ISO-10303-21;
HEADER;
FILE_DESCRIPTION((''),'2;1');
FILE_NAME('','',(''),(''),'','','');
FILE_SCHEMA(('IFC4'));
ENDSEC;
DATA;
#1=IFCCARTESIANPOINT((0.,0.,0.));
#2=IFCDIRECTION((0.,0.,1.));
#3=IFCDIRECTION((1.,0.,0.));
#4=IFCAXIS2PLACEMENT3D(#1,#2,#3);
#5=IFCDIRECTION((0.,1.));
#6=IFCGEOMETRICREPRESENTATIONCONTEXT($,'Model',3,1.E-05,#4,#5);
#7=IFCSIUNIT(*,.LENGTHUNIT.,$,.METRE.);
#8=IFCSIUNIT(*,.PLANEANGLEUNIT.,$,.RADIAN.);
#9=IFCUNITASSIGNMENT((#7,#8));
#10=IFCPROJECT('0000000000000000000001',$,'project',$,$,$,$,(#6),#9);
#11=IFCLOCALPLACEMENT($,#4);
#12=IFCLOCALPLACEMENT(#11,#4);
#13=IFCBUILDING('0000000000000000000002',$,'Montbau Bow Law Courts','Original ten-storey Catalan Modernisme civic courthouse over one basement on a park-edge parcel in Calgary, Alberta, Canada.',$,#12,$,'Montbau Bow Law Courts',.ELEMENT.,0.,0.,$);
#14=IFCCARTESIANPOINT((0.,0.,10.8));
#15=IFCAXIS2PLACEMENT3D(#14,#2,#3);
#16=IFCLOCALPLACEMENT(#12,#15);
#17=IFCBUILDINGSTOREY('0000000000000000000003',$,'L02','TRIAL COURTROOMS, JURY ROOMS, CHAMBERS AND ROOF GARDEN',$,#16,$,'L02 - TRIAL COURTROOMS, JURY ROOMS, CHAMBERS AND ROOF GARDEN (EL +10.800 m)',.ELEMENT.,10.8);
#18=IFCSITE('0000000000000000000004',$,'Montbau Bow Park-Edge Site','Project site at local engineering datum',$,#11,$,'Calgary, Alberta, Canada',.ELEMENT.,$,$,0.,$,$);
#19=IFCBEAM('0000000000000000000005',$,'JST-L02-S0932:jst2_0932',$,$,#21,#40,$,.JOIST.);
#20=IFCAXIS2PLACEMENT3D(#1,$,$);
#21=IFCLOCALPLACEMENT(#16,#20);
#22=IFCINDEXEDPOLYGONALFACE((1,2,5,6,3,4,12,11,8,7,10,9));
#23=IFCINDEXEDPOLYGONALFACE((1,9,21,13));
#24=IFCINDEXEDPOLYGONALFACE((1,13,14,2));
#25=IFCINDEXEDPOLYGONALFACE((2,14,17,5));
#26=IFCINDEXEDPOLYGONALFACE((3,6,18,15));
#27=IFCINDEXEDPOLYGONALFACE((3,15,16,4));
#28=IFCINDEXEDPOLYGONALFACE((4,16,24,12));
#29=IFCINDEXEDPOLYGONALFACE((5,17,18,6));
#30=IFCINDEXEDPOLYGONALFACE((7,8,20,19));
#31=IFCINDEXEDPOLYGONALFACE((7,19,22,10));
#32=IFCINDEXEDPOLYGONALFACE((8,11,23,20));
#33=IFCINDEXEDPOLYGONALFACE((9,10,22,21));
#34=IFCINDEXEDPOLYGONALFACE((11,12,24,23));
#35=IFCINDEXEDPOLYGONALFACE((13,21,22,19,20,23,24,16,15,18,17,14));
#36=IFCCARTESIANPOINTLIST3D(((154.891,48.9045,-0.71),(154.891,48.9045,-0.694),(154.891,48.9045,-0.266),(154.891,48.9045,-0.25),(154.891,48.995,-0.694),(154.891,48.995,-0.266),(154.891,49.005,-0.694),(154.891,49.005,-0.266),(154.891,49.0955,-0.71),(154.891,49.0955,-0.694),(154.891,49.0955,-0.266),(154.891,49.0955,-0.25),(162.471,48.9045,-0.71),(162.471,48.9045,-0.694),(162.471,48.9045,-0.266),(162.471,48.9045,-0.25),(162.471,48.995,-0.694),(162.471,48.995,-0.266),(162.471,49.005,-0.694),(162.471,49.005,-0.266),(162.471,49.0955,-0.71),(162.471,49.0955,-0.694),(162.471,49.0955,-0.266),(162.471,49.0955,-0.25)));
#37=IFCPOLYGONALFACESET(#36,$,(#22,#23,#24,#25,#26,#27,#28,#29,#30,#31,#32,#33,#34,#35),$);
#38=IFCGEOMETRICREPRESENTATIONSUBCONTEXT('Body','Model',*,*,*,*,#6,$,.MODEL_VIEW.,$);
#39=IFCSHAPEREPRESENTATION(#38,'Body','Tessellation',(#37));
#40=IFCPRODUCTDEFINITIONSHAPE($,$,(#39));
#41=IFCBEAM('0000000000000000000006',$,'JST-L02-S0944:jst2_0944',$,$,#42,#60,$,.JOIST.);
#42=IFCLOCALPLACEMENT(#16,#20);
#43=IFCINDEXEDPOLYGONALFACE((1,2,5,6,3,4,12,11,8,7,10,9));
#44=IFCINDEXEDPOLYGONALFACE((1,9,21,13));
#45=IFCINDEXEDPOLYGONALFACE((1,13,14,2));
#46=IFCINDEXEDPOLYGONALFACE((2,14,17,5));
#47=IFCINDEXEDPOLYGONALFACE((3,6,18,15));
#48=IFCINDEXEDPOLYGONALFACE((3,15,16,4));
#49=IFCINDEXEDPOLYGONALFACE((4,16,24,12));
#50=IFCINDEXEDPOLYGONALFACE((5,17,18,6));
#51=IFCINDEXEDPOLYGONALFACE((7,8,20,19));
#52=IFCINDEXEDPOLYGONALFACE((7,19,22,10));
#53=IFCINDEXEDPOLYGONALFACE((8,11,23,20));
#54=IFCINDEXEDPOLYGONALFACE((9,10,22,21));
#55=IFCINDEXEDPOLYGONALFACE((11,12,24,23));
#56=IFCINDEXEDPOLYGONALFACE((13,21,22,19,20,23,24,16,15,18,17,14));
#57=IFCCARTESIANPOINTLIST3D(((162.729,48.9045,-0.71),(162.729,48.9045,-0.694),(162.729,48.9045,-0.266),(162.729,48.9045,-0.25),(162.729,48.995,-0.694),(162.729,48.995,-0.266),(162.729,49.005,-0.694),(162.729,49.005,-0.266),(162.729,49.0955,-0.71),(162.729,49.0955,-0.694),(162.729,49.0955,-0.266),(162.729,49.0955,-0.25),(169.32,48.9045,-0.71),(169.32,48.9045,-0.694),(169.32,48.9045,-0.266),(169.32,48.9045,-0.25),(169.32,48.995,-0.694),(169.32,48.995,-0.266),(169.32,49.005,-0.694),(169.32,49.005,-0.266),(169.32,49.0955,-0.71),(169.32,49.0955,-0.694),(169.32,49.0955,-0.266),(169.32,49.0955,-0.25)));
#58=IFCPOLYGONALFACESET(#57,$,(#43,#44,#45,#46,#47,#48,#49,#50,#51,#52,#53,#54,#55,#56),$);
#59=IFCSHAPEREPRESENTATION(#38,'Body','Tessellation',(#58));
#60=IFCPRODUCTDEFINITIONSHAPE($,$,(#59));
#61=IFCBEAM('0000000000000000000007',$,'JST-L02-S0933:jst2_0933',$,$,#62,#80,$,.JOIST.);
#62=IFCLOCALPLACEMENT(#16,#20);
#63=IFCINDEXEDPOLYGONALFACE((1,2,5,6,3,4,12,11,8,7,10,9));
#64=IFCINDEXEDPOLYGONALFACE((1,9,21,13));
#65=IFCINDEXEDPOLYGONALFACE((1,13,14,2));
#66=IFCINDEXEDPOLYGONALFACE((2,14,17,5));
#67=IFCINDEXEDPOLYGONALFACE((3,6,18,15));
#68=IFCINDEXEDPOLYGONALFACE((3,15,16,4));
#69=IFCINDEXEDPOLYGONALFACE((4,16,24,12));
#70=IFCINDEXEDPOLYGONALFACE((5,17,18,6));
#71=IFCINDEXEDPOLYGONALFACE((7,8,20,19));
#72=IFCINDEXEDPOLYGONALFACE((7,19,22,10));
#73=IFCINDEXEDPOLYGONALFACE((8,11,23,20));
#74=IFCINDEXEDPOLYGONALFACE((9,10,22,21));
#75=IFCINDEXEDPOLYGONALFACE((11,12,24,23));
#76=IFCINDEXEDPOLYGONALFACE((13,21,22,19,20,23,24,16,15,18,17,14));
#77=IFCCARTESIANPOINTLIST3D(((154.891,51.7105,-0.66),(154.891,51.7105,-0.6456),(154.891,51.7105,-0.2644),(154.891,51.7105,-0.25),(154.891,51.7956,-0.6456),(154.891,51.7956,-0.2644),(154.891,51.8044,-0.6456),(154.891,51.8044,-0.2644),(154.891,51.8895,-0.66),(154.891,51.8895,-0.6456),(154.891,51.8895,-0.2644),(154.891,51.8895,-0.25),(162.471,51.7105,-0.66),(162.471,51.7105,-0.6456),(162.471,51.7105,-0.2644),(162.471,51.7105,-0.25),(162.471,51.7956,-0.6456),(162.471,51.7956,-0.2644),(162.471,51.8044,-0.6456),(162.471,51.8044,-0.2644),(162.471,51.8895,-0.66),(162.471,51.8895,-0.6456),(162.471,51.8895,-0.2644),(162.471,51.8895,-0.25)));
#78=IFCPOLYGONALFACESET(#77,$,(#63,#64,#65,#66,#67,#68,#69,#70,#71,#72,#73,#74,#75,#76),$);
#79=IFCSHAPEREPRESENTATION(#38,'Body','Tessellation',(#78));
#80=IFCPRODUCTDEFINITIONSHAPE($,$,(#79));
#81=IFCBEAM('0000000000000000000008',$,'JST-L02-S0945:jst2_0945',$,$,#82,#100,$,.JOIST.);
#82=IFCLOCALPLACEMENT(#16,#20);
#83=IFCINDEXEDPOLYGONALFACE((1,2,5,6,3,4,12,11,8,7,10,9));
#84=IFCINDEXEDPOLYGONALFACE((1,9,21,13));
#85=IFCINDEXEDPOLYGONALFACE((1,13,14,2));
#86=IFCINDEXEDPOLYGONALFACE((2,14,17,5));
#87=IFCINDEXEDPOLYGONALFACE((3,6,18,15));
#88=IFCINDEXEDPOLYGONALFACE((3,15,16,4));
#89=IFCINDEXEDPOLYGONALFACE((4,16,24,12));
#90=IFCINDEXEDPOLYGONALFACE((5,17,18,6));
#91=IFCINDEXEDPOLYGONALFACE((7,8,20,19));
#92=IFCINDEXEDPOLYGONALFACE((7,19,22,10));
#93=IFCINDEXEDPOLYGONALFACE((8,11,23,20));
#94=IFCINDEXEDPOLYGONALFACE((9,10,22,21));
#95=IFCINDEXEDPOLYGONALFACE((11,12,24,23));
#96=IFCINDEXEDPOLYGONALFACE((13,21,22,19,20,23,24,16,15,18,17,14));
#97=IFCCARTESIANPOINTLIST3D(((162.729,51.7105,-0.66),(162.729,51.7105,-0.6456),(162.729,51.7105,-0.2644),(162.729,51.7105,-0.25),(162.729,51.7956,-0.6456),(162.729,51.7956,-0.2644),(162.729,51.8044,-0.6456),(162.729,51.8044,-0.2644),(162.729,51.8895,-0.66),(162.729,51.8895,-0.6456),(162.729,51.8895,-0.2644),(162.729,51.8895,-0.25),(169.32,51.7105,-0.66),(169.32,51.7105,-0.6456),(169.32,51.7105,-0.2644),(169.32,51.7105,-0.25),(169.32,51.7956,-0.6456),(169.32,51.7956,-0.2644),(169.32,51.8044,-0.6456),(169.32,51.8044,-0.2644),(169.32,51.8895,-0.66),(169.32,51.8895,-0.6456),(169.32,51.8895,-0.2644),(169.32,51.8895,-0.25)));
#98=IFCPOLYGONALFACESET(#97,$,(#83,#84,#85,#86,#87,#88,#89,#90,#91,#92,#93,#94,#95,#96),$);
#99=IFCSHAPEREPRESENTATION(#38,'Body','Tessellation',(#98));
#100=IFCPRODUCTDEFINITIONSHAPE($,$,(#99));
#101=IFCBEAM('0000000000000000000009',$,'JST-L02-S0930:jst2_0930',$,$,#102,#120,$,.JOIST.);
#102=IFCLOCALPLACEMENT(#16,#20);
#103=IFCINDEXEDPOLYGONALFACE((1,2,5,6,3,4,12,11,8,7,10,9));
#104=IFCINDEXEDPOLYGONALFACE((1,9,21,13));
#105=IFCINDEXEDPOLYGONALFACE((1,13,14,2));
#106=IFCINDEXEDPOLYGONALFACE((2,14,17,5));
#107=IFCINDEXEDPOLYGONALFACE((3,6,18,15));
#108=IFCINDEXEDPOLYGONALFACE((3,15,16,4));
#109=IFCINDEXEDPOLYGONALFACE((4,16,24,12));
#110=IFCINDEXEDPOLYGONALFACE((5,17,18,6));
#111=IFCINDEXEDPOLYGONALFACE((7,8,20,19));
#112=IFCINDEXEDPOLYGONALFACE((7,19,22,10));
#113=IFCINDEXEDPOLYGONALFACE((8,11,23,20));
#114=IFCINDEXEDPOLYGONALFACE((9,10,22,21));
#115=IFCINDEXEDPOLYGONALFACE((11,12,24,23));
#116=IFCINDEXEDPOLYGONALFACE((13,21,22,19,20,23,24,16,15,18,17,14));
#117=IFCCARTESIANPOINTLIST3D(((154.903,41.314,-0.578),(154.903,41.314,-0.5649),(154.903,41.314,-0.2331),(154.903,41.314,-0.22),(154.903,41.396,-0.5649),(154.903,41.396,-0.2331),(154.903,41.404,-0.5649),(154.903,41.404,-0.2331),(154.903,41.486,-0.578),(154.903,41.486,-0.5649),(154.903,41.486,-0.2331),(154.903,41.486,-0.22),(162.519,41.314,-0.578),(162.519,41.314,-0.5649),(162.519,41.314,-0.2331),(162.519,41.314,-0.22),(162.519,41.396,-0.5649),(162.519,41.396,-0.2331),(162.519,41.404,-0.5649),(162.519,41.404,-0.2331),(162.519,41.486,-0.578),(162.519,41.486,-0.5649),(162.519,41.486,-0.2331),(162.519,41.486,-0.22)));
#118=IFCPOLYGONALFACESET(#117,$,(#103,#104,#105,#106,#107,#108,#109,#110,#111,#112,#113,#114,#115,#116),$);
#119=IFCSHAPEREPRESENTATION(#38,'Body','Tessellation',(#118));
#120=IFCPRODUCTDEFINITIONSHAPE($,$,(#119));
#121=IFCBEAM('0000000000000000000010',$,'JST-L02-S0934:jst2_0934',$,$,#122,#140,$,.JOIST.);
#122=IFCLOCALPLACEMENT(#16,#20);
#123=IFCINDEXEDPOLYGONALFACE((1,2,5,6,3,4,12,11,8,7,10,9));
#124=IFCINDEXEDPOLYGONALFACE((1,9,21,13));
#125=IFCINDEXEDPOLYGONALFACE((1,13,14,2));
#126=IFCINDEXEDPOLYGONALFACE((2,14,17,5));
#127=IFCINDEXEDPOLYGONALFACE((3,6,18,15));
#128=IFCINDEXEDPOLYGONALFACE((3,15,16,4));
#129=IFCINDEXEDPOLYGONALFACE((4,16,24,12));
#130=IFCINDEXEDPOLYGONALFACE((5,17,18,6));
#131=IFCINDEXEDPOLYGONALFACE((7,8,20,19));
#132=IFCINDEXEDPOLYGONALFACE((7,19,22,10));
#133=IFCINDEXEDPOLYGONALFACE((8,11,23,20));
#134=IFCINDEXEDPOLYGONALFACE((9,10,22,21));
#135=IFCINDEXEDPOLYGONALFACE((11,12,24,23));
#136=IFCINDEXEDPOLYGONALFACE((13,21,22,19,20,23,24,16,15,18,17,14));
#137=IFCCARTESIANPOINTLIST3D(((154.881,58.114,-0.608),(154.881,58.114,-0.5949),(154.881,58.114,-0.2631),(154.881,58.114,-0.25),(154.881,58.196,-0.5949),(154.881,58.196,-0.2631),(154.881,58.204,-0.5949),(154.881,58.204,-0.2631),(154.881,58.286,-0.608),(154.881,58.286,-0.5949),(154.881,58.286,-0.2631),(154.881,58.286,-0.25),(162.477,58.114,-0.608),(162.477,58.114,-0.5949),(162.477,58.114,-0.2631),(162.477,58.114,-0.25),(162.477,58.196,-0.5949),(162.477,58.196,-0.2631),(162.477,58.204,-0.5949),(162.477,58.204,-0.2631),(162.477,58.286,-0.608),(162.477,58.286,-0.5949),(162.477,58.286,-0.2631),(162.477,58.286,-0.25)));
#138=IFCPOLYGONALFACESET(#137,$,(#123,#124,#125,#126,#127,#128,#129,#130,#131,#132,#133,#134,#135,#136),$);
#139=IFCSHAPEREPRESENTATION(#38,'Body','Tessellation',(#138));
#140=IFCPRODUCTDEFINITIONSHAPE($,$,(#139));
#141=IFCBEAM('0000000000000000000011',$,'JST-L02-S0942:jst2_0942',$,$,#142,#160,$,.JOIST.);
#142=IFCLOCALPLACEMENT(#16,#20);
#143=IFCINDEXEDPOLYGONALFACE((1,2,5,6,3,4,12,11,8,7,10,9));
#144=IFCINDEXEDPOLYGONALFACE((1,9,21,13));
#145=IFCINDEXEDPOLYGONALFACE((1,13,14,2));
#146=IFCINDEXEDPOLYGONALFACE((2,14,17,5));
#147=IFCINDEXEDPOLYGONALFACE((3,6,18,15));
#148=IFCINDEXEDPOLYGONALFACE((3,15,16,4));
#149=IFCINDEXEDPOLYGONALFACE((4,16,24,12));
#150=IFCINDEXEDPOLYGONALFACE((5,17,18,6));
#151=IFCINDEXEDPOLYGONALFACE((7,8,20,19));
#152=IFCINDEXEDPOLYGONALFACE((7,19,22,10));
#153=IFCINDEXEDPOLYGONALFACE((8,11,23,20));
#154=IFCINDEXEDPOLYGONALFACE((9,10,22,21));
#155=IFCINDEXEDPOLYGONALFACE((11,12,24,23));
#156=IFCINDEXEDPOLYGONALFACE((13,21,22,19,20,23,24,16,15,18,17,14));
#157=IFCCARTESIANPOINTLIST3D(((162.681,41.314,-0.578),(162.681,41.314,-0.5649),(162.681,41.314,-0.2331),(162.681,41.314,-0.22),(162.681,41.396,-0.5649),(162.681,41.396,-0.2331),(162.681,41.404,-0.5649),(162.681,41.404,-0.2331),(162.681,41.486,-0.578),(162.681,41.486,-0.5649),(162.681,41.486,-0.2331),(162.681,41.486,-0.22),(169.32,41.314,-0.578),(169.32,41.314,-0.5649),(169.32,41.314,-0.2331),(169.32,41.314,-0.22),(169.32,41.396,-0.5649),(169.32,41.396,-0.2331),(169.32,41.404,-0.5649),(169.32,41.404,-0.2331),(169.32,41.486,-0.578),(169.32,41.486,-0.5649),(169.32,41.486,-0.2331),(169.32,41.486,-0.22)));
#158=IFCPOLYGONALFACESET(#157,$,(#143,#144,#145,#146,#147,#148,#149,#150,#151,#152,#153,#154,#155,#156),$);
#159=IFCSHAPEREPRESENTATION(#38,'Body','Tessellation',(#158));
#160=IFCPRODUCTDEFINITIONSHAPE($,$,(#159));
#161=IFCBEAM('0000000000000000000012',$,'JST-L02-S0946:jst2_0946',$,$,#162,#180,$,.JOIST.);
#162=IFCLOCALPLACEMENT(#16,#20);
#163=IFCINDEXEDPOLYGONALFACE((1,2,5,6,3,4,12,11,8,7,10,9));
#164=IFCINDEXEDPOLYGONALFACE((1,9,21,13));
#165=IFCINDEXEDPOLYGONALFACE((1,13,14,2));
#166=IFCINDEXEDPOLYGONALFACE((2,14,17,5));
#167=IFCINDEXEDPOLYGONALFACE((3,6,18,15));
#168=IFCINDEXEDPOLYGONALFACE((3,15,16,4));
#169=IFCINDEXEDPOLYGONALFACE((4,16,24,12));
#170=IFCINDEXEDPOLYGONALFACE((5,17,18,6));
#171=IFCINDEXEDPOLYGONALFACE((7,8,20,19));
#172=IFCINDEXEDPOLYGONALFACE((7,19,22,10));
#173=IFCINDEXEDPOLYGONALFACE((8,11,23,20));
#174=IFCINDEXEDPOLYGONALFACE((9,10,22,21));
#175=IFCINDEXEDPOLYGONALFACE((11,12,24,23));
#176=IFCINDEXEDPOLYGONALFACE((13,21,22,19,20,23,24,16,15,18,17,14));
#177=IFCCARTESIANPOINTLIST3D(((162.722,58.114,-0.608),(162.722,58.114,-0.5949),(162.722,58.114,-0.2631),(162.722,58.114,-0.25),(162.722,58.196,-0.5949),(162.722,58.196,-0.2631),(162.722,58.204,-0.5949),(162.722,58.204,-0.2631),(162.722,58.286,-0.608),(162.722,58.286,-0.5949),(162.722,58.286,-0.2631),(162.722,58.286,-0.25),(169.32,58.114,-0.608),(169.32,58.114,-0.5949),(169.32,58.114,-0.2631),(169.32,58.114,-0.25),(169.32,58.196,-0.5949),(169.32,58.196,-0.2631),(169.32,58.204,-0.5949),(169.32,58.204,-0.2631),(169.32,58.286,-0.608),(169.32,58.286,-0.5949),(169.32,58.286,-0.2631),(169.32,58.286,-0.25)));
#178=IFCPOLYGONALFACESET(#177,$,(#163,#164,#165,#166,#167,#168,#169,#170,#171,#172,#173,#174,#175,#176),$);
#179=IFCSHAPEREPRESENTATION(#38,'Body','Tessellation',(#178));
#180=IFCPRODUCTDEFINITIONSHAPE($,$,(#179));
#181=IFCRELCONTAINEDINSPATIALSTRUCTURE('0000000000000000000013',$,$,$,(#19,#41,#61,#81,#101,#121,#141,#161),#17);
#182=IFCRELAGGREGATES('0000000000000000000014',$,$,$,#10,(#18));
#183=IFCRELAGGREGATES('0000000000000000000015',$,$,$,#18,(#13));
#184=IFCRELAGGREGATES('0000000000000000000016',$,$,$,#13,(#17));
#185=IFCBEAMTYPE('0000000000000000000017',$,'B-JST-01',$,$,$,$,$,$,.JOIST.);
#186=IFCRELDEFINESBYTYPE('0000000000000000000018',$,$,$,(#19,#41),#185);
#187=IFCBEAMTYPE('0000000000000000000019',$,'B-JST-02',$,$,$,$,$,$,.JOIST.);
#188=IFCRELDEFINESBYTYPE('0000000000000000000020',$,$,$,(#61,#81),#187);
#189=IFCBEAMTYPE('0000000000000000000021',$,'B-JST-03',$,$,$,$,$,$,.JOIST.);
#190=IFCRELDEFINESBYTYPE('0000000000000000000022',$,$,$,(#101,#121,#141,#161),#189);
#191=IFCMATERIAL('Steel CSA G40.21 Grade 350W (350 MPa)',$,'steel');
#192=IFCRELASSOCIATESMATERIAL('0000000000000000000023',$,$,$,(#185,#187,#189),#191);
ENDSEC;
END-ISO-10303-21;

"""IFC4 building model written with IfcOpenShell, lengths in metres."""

from ifc_helpers import new_model, si_unit, direction, frame, origin_with_axes, origin_2d_with_axis, place, context, subcontext, project, spatial, i_section, extrude, material, material_profile, profile_set, type_object, element, save


model = new_model("IFC4")

# Units and contexts
model_context = context("Model", 3, precision=1e-05, world=origin_with_axes(), true_north=direction((0.0, 1.0)))
body_context = subcontext(model_context, "Body", "Model", "MODEL_VIEW")
ifc_project = project(units=[si_unit("LENGTHUNIT", "METRE"), si_unit("PLANEANGLEUNIT", "RADIAN")], contexts=[model_context])

# Site, building, storey
site_placement = place(None, origin_with_axes())
site = spatial("IfcSite", under=ifc_project, at=site_placement, Name="Montbau Bow Park-Edge Site", Description="Project site at local engineering datum", LongName="Calgary, Alberta, Canada", CompositionType="ELEMENT", RefElevation=0.0)
building_placement = place(site_placement, origin_with_axes())
building = spatial("IfcBuilding", under=site, at=building_placement, Name="Montbau Bow Law Courts", Description="Original ten-storey Catalan Modernisme civic courthouse over one basement on a park-edge parcel in Calgary, Alberta, Canada.", LongName="Montbau Bow Law Courts", CompositionType="ELEMENT", ElevationOfRefHeight=0.0, ElevationOfTerrain=0.0)
storey_placement = place(building_placement, frame((0.0, 0.0, 10.8), z_axis=(0.0, 0.0, 1.0), x_axis=(1.0, 0.0, 0.0)))
storey = spatial("IfcBuildingStorey", under=building, at=storey_placement, Name="L02", Description="TRIAL COURTROOMS, JURY ROOMS, CHAMBERS AND ROOF GARDEN", LongName="L02 - TRIAL COURTROOMS, JURY ROOMS, CHAMBERS AND ROOF GARDEN (EL +10.800 m)", CompositionType="ELEMENT", Elevation=10.8)

# Shared definitions
ifc_material_1 = material(Name="Steel CSA G40.21 Grade 350W (350 MPa)", Category="steel")

# Beams
ifc_material_profile_1 = material_profile(ifc_material_1, i_section(OverallWidth=0.191, OverallDepth=0.46, WebThickness=0.0099, FlangeThickness=0.016, at=origin_2d_with_axis()), Name="W460X82", Category="Main", Priority=0)
ifc_profile_set_1 = profile_set([ifc_material_profile_1], Name="Steel CSA G40.21 Grade 350W (350 MPa)")
beam_type_1 = type_object("IfcBeamType", Name="B-JST-01", PredefinedType="JOIST", material=ifc_profile_set_1)
beam_1_placement = place(None, frame((154.891, 49.0, 10.32), z_axis=(1.0, 0.0, 0.0), x_axis=(0.0, 1.0, 0.0)))
element("IfcBeam", 1, at=beam_1_placement, inside=storey, type_object=beam_type_1, Name="JST-L02-S0932:jst2_0932", PredefinedType="JOIST", context=body_context, shape_type="SweptSolid", body=[
    extrude(i_section(OverallWidth=0.191, OverallDepth=0.46, WebThickness=0.0099, FlangeThickness=0.016, at=origin_2d_with_axis()), origin_with_axes(), (0.0, 0.0, 1.0), 7.58),
])
beam_2_placement = place(None, frame((162.729, 49.0, 10.32), z_axis=(1.0, 0.0, 0.0), x_axis=(0.0, 1.0, 0.0)))
element("IfcBeam", 2, at=beam_2_placement, inside=storey, type_object=beam_type_1, Name="JST-L02-S0944:jst2_0944", PredefinedType="JOIST", context=body_context, shape_type="SweptSolid", body=[
    extrude(i_section(OverallWidth=0.191, OverallDepth=0.46, WebThickness=0.0099, FlangeThickness=0.016, at=origin_2d_with_axis()), origin_with_axes(), (0.0, 0.0, 1.0), 6.591),
])
ifc_material_profile_2 = material_profile(ifc_material_1, i_section(OverallWidth=0.179, OverallDepth=0.41, WebThickness=0.0088, FlangeThickness=0.0144, at=origin_2d_with_axis()), Name="W410X67", Category="Main", Priority=0)
ifc_profile_set_2 = profile_set([ifc_material_profile_2], Name="Steel CSA G40.21 Grade 350W (350 MPa)")
beam_type_2 = type_object("IfcBeamType", Name="B-JST-02", PredefinedType="JOIST", material=ifc_profile_set_2)
beam_3_placement = place(None, frame((154.891, 51.8, 10.345), z_axis=(1.0, 0.0, 0.0), x_axis=(0.0, 1.0, 0.0)))
element("IfcBeam", 3, at=beam_3_placement, inside=storey, type_object=beam_type_2, Name="JST-L02-S0933:jst2_0933", PredefinedType="JOIST", context=body_context, shape_type="SweptSolid", body=[
    extrude(i_section(OverallWidth=0.179, OverallDepth=0.41, WebThickness=0.0088, FlangeThickness=0.0144, at=origin_2d_with_axis()), origin_with_axes(), (0.0, 0.0, 1.0), 7.58),
])
beam_4_placement = place(None, frame((162.729, 51.8, 10.345), z_axis=(1.0, 0.0, 0.0), x_axis=(0.0, 1.0, 0.0)))
element("IfcBeam", 4, at=beam_4_placement, inside=storey, type_object=beam_type_2, Name="JST-L02-S0945:jst2_0945", PredefinedType="JOIST", context=body_context, shape_type="SweptSolid", body=[
    extrude(i_section(OverallWidth=0.179, OverallDepth=0.41, WebThickness=0.0088, FlangeThickness=0.0144, at=origin_2d_with_axis()), origin_with_axes(), (0.0, 0.0, 1.0), 6.591),
])
ifc_material_profile_3 = material_profile(ifc_material_1, i_section(OverallWidth=0.172, OverallDepth=0.358, WebThickness=0.0079, FlangeThickness=0.0131, at=origin_2d_with_axis()), Name="W360X57", Category="Main", Priority=0)
ifc_profile_set_3 = profile_set([ifc_material_profile_3], Name="Steel CSA G40.21 Grade 350W (350 MPa)")
beam_type_3 = type_object("IfcBeamType", Name="B-JST-03", PredefinedType="JOIST", material=ifc_profile_set_3)
beam_5_placement = place(None, frame((154.903, 41.4, 10.401), z_axis=(1.0, 0.0, 0.0), x_axis=(0.0, 1.0, 0.0)))
element("IfcBeam", 5, at=beam_5_placement, inside=storey, type_object=beam_type_3, Name="JST-L02-S0930:jst2_0930", PredefinedType="JOIST", context=body_context, shape_type="SweptSolid", body=[
    extrude(i_section(OverallWidth=0.172, OverallDepth=0.358, WebThickness=0.0079, FlangeThickness=0.0131, at=origin_2d_with_axis()), origin_with_axes(), (0.0, 0.0, 1.0), 7.616),
])
beam_6_placement = place(None, frame((154.881, 58.2, 10.371), z_axis=(1.0, 0.0, 0.0), x_axis=(0.0, 1.0, 0.0)))
element("IfcBeam", 6, at=beam_6_placement, inside=storey, type_object=beam_type_3, Name="JST-L02-S0934:jst2_0934", PredefinedType="JOIST", context=body_context, shape_type="SweptSolid", body=[
    extrude(i_section(OverallWidth=0.172, OverallDepth=0.358, WebThickness=0.0079, FlangeThickness=0.0131, at=origin_2d_with_axis()), origin_with_axes(), (0.0, 0.0, 1.0), 7.596),
])
beam_7_placement = place(None, frame((162.681, 41.4, 10.401), z_axis=(1.0, 0.0, 0.0), x_axis=(0.0, 1.0, 0.0)))
element("IfcBeam", 7, at=beam_7_placement, inside=storey, type_object=beam_type_3, Name="JST-L02-S0942:jst2_0942", PredefinedType="JOIST", context=body_context, shape_type="SweptSolid", body=[
    extrude(i_section(OverallWidth=0.172, OverallDepth=0.358, WebThickness=0.0079, FlangeThickness=0.0131, at=origin_2d_with_axis()), origin_with_axes(), (0.0, 0.0, 1.0), 6.639),
])
beam_8_placement = place(None, frame((162.722, 58.2, 10.371), z_axis=(1.0, 0.0, 0.0), x_axis=(0.0, 1.0, 0.0)))
element("IfcBeam", 8, at=beam_8_placement, inside=storey, type_object=beam_type_3, Name="JST-L02-S0946:jst2_0946", PredefinedType="JOIST", context=body_context, shape_type="SweptSolid", body=[
    extrude(i_section(OverallWidth=0.172, OverallDepth=0.358, WebThickness=0.0079, FlangeThickness=0.0131, at=origin_2d_with_axis()), origin_with_axes(), (0.0, 0.0, 1.0), 6.598),
])

save(model, "model.ifc")
